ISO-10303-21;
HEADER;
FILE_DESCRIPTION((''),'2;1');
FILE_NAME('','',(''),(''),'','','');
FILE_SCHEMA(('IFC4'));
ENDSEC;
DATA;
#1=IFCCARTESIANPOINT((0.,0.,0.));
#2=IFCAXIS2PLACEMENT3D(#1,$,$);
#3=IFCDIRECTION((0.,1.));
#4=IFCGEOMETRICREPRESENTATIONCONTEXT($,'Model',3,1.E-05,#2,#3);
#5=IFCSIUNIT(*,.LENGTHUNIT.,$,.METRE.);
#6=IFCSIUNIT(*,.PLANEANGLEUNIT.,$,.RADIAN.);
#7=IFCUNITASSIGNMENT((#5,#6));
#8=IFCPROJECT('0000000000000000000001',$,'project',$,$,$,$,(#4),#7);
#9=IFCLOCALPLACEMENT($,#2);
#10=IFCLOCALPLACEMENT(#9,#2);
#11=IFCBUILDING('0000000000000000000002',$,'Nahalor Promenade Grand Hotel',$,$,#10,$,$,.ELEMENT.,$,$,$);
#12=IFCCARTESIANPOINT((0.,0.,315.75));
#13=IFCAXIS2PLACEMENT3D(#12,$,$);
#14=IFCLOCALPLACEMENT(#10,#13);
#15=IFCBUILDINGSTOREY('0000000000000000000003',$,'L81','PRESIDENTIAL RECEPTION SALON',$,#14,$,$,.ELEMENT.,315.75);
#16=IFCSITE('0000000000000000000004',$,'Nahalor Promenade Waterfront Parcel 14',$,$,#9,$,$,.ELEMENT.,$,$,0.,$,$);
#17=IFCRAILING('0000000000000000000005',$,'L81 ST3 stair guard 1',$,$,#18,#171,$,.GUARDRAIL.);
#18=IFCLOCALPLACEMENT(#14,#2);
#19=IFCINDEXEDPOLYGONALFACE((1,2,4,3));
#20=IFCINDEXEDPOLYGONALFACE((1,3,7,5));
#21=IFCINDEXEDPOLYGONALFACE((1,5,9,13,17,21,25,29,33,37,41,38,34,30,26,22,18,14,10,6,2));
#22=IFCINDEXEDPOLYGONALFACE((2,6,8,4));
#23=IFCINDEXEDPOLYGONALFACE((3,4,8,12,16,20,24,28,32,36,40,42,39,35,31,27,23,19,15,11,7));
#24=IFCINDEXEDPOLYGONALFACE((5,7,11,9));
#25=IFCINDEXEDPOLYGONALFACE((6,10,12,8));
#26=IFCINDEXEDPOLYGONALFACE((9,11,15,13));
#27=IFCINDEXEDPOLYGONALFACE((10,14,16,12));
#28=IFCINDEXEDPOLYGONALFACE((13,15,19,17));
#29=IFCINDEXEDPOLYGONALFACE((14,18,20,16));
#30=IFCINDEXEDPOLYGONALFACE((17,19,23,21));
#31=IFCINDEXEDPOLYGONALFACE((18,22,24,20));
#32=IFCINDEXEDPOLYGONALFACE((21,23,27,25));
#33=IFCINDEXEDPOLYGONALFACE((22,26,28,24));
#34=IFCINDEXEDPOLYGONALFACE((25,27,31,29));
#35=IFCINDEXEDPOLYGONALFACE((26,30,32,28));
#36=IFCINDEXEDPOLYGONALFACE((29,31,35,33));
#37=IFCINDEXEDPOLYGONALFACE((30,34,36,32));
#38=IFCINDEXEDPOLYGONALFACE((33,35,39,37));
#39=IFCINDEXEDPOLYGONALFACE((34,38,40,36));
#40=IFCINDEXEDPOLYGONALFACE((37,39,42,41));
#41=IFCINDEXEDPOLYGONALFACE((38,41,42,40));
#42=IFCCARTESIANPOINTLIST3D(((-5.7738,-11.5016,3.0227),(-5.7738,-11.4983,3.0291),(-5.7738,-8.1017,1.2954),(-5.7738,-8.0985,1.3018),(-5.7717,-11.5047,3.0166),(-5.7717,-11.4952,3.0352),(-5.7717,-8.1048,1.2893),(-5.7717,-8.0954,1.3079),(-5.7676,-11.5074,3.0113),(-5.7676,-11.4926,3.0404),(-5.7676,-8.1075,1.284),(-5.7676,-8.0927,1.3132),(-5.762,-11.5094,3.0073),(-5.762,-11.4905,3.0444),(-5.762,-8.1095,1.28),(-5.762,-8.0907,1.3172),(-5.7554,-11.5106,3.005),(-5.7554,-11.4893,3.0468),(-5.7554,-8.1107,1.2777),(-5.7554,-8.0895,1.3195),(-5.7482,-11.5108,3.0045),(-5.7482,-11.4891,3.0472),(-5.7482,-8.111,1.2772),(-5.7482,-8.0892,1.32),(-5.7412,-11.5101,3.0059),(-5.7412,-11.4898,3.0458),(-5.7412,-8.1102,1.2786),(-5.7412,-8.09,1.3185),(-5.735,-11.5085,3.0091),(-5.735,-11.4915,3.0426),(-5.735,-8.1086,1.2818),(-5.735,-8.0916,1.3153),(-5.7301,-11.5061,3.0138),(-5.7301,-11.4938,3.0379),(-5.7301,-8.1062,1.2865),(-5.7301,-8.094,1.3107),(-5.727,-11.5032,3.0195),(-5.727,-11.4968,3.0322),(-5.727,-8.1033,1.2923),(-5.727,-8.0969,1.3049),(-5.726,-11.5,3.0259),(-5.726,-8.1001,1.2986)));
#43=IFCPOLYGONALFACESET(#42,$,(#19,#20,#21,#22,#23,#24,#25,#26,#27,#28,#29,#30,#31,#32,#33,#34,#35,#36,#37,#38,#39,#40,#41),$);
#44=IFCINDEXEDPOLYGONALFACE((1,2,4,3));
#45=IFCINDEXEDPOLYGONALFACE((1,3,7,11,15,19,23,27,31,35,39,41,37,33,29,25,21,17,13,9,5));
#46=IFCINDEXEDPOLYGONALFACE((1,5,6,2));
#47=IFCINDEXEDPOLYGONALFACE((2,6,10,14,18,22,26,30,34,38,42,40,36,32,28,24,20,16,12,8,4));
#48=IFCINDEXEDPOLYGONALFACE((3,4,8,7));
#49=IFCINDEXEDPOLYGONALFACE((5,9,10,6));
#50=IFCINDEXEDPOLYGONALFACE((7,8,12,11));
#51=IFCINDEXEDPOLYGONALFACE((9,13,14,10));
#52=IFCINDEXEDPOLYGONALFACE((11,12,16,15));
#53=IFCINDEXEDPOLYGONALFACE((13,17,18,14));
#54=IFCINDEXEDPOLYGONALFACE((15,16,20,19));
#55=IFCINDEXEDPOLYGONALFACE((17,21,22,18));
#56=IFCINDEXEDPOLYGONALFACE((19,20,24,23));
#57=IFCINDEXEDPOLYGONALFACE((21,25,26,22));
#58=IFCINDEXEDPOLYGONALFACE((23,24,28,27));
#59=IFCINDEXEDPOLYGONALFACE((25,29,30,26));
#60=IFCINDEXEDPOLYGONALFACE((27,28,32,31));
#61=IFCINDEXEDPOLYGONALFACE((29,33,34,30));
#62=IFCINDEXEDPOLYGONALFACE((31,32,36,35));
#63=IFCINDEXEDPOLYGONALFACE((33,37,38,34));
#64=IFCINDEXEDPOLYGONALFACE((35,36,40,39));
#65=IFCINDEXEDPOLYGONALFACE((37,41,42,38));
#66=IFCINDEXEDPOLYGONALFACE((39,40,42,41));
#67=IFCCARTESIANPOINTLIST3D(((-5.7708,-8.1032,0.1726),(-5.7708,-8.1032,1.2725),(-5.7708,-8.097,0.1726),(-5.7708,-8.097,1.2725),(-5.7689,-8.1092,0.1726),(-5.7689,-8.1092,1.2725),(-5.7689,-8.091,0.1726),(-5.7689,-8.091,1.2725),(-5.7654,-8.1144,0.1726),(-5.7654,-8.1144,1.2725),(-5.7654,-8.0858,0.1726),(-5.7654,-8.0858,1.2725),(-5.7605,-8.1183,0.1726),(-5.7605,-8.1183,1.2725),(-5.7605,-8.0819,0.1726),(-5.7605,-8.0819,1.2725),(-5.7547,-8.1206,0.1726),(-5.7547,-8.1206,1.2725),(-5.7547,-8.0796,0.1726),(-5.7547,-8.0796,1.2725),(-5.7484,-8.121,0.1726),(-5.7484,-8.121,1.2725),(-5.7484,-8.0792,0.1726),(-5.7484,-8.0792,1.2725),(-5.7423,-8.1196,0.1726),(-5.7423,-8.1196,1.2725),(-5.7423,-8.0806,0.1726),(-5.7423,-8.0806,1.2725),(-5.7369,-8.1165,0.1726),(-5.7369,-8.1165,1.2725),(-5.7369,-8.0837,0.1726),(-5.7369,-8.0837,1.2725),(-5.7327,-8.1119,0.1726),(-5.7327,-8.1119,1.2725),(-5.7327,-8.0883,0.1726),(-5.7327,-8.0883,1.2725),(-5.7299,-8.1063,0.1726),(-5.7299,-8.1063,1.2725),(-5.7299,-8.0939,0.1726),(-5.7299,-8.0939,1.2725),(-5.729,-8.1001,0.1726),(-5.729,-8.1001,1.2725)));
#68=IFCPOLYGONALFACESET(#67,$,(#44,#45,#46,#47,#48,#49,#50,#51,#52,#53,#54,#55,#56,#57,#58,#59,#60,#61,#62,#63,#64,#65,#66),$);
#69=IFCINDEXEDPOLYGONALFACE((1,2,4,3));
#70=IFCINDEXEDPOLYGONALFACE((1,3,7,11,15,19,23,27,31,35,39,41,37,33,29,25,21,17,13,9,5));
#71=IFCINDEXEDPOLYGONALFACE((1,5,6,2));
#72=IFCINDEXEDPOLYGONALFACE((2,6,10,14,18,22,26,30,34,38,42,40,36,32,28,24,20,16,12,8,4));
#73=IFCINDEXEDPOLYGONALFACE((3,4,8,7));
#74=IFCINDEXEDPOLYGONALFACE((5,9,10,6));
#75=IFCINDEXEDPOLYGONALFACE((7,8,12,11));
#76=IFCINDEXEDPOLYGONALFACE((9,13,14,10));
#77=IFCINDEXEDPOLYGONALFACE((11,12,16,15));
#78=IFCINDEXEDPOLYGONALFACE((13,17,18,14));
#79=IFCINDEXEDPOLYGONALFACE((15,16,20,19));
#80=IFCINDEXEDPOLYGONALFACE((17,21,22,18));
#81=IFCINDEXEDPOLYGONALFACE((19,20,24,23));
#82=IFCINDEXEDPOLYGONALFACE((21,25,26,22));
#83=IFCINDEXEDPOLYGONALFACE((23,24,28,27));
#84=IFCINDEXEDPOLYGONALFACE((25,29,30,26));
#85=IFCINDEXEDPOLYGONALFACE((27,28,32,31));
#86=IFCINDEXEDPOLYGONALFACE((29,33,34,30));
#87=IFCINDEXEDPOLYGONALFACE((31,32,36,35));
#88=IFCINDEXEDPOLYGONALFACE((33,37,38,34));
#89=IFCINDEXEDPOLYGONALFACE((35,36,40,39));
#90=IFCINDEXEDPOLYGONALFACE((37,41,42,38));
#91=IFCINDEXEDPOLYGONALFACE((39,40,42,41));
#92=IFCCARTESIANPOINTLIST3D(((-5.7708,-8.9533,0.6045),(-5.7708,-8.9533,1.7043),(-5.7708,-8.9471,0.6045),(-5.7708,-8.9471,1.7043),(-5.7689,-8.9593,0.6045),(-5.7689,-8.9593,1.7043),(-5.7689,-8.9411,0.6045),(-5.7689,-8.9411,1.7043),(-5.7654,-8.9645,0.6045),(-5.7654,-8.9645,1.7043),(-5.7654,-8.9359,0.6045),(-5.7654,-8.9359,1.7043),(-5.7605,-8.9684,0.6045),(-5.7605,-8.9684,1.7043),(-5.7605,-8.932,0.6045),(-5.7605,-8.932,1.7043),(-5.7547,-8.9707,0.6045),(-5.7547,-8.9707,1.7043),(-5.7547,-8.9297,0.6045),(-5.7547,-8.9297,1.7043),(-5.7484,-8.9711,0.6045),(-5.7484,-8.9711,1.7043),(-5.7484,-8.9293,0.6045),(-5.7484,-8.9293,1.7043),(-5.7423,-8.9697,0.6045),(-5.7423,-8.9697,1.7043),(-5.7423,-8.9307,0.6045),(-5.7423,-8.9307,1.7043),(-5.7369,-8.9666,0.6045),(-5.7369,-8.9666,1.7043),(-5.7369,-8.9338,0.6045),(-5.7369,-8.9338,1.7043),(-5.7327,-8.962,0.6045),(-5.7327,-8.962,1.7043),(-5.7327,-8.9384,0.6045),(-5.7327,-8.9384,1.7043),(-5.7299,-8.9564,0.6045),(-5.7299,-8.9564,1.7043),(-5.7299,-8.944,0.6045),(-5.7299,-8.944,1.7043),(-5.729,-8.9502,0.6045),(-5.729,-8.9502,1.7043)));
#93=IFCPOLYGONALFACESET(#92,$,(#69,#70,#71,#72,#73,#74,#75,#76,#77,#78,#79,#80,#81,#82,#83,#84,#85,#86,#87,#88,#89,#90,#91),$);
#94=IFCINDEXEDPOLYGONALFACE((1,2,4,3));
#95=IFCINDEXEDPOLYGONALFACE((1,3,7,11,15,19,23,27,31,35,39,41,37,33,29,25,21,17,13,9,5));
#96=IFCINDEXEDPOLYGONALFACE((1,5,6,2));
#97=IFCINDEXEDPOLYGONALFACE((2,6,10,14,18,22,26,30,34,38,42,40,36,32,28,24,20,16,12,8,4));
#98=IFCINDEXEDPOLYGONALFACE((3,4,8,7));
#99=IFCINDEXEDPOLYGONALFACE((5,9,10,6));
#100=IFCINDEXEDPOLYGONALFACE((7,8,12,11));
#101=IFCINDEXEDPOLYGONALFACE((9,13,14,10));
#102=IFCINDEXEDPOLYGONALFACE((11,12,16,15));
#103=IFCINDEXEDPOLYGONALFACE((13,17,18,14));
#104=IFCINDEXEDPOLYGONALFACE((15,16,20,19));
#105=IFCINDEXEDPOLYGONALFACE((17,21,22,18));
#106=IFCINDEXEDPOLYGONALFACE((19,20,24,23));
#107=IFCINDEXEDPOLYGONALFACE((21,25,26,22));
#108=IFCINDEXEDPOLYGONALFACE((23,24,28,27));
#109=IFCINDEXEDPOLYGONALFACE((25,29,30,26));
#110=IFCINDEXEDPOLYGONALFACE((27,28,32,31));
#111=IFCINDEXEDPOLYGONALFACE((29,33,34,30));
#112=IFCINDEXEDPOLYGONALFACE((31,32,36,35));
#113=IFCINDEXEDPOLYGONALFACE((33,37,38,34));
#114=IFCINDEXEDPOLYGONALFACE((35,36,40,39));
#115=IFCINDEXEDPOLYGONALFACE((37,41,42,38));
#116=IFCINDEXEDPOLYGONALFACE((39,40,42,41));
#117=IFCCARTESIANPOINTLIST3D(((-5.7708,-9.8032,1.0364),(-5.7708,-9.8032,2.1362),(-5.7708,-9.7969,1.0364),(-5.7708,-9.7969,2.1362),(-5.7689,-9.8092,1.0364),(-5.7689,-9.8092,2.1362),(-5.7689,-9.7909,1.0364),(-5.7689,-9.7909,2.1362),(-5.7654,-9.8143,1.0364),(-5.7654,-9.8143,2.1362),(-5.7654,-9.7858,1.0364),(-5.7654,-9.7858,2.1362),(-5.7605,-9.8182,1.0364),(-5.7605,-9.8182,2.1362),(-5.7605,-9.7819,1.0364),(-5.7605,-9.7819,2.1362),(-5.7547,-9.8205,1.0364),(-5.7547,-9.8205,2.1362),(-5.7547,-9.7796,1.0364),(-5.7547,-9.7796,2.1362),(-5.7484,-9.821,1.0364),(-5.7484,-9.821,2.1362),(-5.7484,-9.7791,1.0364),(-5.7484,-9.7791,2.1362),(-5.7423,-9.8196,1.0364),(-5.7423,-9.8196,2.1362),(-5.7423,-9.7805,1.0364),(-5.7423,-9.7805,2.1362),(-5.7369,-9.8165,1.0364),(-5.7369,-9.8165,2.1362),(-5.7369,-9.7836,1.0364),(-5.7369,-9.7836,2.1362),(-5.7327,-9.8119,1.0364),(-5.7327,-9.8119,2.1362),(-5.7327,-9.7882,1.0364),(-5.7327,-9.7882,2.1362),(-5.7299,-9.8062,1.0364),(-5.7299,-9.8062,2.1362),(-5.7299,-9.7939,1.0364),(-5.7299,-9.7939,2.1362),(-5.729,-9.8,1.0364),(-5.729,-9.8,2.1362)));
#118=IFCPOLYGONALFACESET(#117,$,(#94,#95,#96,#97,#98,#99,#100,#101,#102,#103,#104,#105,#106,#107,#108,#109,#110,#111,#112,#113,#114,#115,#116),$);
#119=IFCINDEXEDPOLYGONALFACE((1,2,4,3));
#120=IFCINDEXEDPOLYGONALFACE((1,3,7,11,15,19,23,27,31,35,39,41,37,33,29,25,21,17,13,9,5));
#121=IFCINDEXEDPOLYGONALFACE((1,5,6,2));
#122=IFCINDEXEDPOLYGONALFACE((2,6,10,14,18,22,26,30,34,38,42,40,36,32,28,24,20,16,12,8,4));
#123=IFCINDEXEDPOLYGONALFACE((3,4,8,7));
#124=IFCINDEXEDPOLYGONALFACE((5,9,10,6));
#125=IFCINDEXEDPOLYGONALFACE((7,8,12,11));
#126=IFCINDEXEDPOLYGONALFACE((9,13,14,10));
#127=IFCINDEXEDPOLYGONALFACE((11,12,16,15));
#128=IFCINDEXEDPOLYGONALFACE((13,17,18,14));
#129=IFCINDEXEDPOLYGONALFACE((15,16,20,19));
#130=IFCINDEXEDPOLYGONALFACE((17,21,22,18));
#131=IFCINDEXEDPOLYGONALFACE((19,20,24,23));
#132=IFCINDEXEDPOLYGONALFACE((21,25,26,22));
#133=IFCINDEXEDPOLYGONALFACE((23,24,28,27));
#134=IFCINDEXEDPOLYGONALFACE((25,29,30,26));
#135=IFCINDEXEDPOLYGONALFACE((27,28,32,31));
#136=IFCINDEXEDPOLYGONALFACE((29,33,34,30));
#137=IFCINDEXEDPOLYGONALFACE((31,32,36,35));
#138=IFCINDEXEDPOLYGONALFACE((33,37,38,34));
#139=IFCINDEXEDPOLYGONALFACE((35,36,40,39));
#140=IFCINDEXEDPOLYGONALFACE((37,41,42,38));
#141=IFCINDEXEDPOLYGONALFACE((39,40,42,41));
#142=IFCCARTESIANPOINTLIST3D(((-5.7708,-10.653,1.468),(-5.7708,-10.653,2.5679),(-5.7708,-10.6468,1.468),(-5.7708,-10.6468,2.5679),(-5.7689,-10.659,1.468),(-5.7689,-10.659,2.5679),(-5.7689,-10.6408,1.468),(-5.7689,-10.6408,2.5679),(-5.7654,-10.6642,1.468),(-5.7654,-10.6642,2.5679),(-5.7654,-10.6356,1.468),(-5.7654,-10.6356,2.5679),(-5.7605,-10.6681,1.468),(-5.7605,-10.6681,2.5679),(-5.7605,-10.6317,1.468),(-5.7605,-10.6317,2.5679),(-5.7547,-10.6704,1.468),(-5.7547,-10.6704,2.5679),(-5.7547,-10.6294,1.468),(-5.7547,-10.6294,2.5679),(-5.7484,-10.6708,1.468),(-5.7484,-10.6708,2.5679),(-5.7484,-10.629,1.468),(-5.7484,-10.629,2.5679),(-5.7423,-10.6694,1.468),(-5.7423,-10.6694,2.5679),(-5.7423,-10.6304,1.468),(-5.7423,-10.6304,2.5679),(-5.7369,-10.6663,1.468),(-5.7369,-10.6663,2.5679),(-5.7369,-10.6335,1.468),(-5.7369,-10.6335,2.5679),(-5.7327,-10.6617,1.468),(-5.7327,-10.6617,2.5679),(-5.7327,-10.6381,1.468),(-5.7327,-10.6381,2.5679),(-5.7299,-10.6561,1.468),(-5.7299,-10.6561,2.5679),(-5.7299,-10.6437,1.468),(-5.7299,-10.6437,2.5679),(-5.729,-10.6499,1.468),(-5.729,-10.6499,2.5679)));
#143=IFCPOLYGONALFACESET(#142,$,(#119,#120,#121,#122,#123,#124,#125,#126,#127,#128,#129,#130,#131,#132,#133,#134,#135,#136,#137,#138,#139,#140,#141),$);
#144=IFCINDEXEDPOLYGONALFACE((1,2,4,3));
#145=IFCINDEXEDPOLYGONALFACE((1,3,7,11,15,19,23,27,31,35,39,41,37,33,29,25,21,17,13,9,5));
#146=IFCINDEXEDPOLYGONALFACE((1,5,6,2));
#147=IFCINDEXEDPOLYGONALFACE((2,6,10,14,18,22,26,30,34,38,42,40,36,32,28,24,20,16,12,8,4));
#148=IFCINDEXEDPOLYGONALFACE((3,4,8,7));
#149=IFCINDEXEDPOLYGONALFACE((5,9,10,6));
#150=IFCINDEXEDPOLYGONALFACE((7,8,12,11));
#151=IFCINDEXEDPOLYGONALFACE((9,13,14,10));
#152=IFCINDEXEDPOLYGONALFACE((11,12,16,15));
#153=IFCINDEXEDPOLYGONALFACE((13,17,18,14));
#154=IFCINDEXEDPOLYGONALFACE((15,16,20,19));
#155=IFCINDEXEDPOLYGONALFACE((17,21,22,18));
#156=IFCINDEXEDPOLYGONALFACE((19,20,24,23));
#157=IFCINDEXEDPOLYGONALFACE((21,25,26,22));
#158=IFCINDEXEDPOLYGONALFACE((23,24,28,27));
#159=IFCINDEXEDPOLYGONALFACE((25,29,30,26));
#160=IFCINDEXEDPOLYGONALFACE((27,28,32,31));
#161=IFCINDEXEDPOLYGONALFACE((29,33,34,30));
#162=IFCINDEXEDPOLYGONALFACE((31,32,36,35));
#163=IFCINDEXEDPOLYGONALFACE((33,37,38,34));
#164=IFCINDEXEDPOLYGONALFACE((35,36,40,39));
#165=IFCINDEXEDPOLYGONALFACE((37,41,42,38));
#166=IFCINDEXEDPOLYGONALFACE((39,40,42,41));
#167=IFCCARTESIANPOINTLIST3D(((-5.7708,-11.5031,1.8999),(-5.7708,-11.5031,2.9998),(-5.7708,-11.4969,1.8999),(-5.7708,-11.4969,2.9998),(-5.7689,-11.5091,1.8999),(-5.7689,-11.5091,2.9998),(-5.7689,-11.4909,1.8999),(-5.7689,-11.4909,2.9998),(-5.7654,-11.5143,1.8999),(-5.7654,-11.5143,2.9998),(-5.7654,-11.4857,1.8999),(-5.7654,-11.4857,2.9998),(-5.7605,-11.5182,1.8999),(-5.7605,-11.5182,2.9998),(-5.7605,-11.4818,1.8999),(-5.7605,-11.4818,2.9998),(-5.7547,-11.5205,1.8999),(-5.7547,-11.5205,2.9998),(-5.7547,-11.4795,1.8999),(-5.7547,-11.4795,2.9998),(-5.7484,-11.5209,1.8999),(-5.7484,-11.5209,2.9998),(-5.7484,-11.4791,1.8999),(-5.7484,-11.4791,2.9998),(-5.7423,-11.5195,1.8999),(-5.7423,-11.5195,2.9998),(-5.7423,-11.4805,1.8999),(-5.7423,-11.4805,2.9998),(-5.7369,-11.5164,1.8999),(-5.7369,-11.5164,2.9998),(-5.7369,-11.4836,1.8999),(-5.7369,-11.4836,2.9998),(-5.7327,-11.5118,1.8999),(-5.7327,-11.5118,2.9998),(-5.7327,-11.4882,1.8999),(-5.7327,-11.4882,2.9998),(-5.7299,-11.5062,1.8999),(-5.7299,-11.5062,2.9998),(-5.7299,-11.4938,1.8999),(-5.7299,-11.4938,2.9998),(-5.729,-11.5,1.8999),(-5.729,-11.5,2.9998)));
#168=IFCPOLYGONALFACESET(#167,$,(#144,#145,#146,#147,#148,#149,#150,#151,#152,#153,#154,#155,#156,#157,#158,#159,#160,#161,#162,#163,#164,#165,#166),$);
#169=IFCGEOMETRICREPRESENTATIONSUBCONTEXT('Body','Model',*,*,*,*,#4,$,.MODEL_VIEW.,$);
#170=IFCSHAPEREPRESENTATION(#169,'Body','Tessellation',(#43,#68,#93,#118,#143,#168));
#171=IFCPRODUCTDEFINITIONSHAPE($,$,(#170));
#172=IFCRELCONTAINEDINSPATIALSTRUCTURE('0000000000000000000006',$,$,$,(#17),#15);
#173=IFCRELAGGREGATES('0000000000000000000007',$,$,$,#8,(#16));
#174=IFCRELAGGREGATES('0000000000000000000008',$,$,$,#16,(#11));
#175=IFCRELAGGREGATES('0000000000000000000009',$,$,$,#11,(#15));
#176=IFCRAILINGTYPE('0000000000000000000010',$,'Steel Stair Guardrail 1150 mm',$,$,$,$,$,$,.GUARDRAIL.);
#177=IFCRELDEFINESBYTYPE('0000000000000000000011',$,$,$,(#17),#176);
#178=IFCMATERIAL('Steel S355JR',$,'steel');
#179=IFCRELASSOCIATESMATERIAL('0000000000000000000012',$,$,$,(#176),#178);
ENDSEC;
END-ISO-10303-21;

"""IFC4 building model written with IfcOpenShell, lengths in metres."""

from ifc_helpers import new_model, si_unit, direction, frame, origin, origin_2d, place, context, subcontext, project, spatial, circle, extrude, material, type_object, element, save


model = new_model("IFC4")

# Units and contexts
model_context = context("Model", 3, precision=1e-05, world=origin(), true_north=direction((0.0, 1.0)))
body_context = subcontext(model_context, "Body", "Model", "MODEL_VIEW")
ifc_project = project(units=[si_unit("LENGTHUNIT", "METRE"), si_unit("PLANEANGLEUNIT", "RADIAN")], contexts=[model_context])

# Site, building, storey
site_placement = place(None, origin())
site = spatial("IfcSite", under=ifc_project, at=site_placement, Name="Nahalor Promenade Waterfront Parcel 14", CompositionType="ELEMENT", RefElevation=0.0)
building_placement = place(site_placement, origin())
building = spatial("IfcBuilding", under=site, at=building_placement, Name="Nahalor Promenade Grand Hotel", CompositionType="ELEMENT")
storey_placement = place(building_placement, frame((0.0, 0.0, 315.75)))
storey = spatial("IfcBuildingStorey", under=building, at=storey_placement, Name="L81", Description="PRESIDENTIAL RECEPTION SALON", CompositionType="ELEMENT", Elevation=315.75)

# Shared definitions
ifc_material_1 = material(Name="Steel S355JR", Category="steel")

# Railing
railing_type_1 = type_object("IfcRailingType", Name="Steel Stair Guardrail 1150 mm", PredefinedType="GUARDRAIL", material=ifc_material_1)
railing_1_placement = place(storey_placement, frame((-5.75, -8.1001, 0.1726)))
element("IfcRailing", 1, at=railing_1_placement, inside=storey, type_object=railing_type_1, Name="L81 ST3 stair guard 1", PredefinedType="GUARDRAIL", context=body_context, shape_type="SweptSolid", body=[
    extrude(circle(Radius=0.024, at=origin_2d()), frame((0.0, 0.0, 1.126), z_axis=(0.0, -0.891541, 0.452941), x_axis=(1.0, 0.0, 0.0)), (0.0, 0.0, 1.0), 3.8135),
    extrude(circle(Radius=0.021, at=origin_2d()), origin(), (0.0, 0.0, 1.0), 1.0999),
    extrude(circle(Radius=0.021, at=origin_2d()), frame((0.0, -0.8501, 0.4319)), (0.0, 0.0, 1.0), 1.0999),
    extrude(circle(Radius=0.021, at=origin_2d()), frame((0.0, -1.7, 0.8638)), (0.0, 0.0, 1.0), 1.0999),
    extrude(circle(Radius=0.021, at=origin_2d()), frame((0.0, -2.5498, 1.2954)), (0.0, 0.0, 1.0), 1.0999),
    extrude(circle(Radius=0.021, at=origin_2d()), frame((0.0, -3.3999, 1.7273)), (0.0, 0.0, 1.0), 1.0999),
])

save(model, "model.ifc")
